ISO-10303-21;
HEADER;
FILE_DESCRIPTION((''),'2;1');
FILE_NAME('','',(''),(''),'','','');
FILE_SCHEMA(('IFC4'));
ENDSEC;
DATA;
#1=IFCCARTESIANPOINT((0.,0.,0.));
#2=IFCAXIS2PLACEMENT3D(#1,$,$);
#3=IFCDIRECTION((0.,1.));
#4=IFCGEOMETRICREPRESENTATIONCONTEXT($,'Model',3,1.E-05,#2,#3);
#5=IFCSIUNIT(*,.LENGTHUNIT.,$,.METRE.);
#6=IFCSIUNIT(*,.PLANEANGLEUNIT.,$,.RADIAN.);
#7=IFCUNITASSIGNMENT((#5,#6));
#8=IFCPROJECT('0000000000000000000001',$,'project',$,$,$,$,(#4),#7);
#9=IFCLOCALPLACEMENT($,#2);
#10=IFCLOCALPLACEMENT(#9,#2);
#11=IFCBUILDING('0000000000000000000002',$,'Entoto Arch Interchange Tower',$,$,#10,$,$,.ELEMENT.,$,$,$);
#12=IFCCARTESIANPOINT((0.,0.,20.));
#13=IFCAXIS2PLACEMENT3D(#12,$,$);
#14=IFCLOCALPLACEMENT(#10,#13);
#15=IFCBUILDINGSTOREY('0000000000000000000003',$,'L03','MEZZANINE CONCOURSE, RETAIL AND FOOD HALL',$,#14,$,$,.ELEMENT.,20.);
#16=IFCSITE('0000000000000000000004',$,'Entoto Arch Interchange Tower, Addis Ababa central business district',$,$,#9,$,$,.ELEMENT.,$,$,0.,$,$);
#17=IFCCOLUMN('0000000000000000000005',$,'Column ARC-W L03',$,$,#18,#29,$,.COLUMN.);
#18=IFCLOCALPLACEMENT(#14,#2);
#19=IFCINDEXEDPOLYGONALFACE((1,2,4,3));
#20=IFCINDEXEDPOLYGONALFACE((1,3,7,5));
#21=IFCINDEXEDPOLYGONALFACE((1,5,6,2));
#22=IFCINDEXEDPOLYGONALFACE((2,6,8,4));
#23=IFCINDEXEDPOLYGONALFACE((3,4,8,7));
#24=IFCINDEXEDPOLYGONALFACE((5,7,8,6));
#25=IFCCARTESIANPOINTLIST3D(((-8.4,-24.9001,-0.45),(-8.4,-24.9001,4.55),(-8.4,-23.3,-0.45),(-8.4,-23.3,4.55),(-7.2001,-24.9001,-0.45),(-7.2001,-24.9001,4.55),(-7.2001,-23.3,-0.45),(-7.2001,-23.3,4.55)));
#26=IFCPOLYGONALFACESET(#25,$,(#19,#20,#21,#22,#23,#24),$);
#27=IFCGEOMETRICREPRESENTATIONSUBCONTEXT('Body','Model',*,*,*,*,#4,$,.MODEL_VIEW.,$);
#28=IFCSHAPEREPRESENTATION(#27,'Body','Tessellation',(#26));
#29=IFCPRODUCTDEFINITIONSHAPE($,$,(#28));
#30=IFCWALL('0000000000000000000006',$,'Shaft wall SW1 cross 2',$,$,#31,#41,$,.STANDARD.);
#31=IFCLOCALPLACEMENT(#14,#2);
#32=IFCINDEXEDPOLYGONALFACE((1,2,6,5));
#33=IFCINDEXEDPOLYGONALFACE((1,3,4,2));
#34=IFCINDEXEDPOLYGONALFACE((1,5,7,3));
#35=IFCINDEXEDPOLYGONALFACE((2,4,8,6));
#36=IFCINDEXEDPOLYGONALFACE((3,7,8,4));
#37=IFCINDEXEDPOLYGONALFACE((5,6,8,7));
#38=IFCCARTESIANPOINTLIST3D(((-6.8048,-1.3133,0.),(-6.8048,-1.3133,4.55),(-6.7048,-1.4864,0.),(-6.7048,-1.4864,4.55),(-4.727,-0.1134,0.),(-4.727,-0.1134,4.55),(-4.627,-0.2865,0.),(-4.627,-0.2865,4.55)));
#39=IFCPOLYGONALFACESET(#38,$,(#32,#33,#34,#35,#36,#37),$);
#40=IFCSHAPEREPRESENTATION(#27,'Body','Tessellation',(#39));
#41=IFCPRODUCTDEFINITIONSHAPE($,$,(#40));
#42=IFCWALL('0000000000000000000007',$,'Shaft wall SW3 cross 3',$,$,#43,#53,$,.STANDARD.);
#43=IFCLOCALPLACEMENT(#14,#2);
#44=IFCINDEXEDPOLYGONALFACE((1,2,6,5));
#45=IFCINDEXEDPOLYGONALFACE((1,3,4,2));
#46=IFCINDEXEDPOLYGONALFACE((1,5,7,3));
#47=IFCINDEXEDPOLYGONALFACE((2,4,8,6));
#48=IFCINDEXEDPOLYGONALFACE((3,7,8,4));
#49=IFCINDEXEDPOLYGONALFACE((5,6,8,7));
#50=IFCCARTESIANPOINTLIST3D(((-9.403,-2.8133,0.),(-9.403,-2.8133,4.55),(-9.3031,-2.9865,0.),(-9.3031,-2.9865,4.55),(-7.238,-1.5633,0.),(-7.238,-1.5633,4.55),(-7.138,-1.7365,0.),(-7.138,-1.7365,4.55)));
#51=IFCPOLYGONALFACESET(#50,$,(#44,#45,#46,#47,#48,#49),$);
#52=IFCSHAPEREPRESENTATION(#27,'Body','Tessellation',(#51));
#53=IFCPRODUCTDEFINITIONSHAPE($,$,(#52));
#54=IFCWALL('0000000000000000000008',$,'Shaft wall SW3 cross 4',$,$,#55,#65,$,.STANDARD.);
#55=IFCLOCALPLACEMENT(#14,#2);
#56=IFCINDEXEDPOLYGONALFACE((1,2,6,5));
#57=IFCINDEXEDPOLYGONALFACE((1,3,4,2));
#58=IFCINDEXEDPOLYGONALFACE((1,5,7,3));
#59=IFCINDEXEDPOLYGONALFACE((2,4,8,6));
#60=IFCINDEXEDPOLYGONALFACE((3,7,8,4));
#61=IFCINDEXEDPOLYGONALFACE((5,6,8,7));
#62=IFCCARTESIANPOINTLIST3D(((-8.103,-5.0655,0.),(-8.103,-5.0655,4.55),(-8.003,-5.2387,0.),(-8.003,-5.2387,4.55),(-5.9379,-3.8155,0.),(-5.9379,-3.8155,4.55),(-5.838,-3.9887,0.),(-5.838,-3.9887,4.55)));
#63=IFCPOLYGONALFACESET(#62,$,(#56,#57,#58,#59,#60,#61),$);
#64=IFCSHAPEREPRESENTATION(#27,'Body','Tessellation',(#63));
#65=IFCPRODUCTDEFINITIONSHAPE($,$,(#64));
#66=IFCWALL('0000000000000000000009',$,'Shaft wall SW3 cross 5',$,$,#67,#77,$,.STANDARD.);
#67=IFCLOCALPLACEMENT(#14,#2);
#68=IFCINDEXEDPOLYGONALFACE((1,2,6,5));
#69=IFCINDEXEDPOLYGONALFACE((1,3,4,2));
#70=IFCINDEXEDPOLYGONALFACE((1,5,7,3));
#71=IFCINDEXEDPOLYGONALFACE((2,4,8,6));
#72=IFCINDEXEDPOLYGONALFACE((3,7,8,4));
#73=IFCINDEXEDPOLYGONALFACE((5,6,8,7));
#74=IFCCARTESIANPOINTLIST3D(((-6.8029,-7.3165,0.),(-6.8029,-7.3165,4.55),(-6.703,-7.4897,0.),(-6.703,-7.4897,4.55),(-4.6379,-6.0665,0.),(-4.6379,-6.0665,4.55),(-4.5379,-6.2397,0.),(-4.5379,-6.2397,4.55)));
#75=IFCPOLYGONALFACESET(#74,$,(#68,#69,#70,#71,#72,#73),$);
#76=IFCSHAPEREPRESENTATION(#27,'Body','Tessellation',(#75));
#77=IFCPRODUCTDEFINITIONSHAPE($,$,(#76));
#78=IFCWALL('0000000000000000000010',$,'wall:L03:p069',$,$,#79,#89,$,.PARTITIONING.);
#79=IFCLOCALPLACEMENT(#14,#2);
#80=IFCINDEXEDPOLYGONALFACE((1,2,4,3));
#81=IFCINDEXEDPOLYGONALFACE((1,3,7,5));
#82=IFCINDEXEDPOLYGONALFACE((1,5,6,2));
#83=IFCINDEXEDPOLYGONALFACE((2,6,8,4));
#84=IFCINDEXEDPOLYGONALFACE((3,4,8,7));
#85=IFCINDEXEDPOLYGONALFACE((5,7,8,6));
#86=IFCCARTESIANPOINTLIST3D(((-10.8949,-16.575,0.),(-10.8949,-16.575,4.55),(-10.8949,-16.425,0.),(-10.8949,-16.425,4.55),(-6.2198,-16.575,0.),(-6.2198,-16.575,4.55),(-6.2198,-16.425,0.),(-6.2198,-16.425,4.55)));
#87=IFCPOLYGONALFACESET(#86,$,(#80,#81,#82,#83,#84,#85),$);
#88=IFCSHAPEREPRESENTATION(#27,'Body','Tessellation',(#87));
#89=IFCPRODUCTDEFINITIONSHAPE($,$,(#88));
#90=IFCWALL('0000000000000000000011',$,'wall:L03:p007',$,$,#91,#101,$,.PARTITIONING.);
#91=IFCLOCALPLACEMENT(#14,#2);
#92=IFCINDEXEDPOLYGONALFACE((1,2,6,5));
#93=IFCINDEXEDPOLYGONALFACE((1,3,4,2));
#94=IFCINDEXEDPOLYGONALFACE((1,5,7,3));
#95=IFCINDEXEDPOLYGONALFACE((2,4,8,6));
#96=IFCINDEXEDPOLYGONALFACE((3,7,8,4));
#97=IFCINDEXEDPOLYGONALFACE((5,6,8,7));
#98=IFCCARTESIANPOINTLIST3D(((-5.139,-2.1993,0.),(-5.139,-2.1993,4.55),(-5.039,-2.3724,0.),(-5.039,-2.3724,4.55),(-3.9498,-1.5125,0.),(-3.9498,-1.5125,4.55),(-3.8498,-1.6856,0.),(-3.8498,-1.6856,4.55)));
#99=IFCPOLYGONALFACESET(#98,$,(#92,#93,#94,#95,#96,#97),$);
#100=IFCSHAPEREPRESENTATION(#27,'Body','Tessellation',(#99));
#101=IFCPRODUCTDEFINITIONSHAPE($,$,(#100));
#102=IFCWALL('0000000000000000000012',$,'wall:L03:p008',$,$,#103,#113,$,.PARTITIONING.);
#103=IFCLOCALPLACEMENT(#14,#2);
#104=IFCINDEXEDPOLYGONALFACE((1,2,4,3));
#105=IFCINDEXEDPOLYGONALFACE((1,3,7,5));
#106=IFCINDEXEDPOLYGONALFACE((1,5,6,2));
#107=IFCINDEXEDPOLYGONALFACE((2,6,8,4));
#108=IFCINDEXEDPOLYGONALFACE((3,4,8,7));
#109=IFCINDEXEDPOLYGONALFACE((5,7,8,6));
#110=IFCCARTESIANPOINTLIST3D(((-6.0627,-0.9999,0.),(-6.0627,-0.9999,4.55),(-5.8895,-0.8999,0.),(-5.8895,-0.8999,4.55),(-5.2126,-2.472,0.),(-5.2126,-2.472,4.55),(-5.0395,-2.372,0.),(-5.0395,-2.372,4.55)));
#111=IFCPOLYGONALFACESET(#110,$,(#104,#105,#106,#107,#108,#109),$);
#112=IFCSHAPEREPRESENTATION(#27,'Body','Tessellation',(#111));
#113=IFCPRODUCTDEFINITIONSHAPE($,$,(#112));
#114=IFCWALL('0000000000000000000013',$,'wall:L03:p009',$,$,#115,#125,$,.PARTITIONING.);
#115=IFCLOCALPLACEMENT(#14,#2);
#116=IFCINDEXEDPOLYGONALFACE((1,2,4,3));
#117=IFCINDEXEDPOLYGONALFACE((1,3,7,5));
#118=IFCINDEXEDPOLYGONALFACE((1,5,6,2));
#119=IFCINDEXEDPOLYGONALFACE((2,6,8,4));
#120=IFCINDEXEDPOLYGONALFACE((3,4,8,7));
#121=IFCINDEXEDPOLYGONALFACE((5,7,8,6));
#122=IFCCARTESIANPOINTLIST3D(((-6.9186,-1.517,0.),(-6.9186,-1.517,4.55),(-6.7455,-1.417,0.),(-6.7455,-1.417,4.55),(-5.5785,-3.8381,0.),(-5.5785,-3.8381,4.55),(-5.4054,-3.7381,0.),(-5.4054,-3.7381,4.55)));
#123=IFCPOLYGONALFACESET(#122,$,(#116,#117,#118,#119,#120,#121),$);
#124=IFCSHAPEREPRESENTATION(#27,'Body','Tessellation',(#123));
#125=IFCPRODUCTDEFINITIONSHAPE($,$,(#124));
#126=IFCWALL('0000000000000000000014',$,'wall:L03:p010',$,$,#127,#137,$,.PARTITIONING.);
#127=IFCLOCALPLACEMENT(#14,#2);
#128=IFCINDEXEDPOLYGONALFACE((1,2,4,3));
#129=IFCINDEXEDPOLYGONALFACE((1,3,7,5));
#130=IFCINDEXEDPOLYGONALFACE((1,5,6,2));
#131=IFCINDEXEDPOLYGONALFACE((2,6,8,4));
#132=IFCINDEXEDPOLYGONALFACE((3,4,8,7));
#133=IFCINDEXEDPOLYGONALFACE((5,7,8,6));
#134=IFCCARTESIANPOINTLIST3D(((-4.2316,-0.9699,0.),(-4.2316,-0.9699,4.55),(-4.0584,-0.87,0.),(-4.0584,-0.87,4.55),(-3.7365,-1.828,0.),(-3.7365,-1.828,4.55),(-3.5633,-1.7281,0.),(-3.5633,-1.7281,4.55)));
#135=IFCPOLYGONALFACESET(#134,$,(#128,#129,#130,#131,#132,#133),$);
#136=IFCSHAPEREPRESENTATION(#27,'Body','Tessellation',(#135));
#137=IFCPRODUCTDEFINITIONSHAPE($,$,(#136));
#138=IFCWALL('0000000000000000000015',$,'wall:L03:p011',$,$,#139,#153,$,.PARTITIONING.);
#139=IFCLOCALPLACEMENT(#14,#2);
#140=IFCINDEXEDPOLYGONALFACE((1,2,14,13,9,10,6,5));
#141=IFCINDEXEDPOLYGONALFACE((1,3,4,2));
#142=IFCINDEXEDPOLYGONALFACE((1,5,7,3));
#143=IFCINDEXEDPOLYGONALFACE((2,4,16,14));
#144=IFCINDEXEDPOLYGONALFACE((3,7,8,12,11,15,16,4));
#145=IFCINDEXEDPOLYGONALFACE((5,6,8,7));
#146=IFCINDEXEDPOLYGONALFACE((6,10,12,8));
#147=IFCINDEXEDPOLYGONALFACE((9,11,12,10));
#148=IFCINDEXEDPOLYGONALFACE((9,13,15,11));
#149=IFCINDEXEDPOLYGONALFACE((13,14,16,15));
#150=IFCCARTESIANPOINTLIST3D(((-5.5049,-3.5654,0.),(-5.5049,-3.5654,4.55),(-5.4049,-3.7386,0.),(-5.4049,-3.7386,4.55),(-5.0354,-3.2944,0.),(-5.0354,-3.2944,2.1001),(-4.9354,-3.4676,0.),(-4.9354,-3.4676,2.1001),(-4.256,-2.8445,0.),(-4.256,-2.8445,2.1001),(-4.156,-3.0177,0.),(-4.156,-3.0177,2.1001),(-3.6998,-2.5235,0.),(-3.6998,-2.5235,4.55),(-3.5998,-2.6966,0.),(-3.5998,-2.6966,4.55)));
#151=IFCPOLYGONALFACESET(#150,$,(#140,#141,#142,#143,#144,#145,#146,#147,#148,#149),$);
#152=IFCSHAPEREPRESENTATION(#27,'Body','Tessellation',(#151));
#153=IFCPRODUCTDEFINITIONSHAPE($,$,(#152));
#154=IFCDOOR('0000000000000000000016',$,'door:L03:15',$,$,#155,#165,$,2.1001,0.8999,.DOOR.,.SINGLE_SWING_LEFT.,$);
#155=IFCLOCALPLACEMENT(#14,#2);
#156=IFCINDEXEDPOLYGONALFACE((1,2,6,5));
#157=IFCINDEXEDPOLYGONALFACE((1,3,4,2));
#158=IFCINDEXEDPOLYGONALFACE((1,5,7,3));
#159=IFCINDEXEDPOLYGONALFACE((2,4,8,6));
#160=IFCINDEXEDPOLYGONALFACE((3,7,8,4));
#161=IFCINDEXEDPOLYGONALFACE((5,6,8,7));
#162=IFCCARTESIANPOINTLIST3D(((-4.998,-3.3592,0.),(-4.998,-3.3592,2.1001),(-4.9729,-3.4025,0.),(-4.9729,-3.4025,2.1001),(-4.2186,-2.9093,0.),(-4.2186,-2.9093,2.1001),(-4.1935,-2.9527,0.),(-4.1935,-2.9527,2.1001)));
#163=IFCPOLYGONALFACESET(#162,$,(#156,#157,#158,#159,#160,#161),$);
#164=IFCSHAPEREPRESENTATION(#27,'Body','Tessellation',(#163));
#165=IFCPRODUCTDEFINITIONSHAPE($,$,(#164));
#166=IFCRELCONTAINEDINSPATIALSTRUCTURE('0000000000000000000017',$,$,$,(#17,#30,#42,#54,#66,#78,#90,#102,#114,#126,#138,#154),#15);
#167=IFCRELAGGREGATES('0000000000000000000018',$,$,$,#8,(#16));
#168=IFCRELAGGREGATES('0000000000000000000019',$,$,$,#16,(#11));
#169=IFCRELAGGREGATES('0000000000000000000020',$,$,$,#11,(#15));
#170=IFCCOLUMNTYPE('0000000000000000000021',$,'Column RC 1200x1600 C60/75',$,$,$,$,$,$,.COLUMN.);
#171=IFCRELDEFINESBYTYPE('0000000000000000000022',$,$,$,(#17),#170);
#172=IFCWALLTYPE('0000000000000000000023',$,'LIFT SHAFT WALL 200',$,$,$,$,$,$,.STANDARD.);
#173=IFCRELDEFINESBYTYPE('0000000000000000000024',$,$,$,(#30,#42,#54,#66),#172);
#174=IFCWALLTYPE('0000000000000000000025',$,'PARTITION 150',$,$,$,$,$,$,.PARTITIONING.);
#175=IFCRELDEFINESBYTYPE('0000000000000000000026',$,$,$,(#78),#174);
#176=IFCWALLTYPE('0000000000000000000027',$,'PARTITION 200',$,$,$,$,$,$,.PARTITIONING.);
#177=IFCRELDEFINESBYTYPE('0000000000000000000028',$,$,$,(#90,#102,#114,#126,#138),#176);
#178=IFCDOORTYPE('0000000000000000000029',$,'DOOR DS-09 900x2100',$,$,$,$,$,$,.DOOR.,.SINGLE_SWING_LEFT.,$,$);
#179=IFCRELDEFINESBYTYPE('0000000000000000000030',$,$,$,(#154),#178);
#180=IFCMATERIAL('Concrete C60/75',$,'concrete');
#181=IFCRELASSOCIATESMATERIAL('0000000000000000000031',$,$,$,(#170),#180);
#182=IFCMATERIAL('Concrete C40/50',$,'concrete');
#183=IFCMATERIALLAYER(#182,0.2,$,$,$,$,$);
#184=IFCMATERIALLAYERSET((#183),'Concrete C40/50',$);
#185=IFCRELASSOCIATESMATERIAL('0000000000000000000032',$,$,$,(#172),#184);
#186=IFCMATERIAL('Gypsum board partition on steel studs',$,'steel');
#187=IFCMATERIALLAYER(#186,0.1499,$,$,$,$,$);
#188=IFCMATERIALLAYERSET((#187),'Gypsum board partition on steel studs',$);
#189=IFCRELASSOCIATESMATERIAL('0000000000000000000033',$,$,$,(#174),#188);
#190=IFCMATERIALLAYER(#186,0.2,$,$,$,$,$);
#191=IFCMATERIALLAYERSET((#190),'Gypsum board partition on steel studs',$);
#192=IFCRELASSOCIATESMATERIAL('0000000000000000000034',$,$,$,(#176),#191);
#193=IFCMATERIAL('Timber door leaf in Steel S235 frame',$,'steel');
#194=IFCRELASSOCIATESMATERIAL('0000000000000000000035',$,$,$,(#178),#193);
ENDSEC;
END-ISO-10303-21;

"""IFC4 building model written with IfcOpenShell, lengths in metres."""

from ifc_helpers import new_model, si_unit, direction, frame, frame_2d, origin, origin_2d, place, context, subcontext, project, spatial, rectangle, extrude, material, layer, layer_set, material_profile, profile_set, type_object, element, fill, save


model = new_model("IFC4")

# Units and contexts
model_context = context("Model", 3, precision=1e-05, world=origin(), true_north=direction((0.0, 1.0)))
body_context = subcontext(model_context, "Body", "Model", "MODEL_VIEW")
ifc_project = project(units=[si_unit("LENGTHUNIT", "METRE"), si_unit("PLANEANGLEUNIT", "RADIAN")], contexts=[model_context])

# Site, building, storey
site_placement = place(None, origin())
site = spatial("IfcSite", under=ifc_project, at=site_placement, Name="Entoto Arch Interchange Tower, Addis Ababa central business district", CompositionType="ELEMENT", RefElevation=0.0)
building_placement = place(site_placement, origin())
building = spatial("IfcBuilding", under=site, at=building_placement, Name="Entoto Arch Interchange Tower", CompositionType="ELEMENT")
storey_placement = place(building_placement, frame((0.0, 0.0, 20.0)))
storey = spatial("IfcBuildingStorey", under=building, at=storey_placement, Name="L03", Description="MEZZANINE CONCOURSE, RETAIL AND FOOD HALL", CompositionType="ELEMENT", Elevation=20.0)

# Column
ifc_material_1 = material(Name="Concrete C60/75", Category="concrete")
ifc_material_profile = material_profile(ifc_material_1, rectangle(XDim=1.2, YDim=1.6001, at=origin_2d()))
ifc_profile_set = profile_set([ifc_material_profile], Name="Concrete C60/75")
column_type = type_object("IfcColumnType", Name="Column RC 1200x1600 C60/75", PredefinedType="COLUMN", material=ifc_profile_set)
column_placement = place(storey_placement, frame((-7.8, -24.1001, -0.45), z_axis=(0.0, 0.0, 1.0), x_axis=(1.0, 0.0, 0.0)))
element("IfcColumn", 1, at=column_placement, inside=storey, type_object=column_type, Name="Column ARC-W L03", PredefinedType="COLUMN", context=body_context, shape_type="SweptSolid", body=[
    extrude(rectangle(XDim=1.2, YDim=1.6001, at=origin_2d()), origin(), (0.0, 0.0, 1.0), 5.0),
])

# Walls
ifc_material_2 = material(Name="Concrete C40/50", Category="concrete")
ifc_layer_1 = layer(ifc_material_2, 0.2)
ifc_layer_set_1 = layer_set([ifc_layer_1], Name="Concrete C40/50")
wall_type_1 = type_object("IfcWallType", Name="LIFT SHAFT WALL 200", PredefinedType="STANDARD", material=ifc_layer_set_1)
wall_1_placement = place(storey_placement, frame((-4.677, -0.2, 0.0), z_axis=(0.0, 0.0, 1.0), x_axis=(-0.865974, -0.500089, 0.0)))
element("IfcWall", 2, at=wall_1_placement, inside=storey, type_object=wall_type_1, Name="Shaft wall SW1 cross 2", PredefinedType="STANDARD", context=body_context, shape_type="SweptSolid", body=[
    extrude(rectangle(XDim=2.3994, YDim=0.2, at=frame_2d((1.1997, 0.0))), origin(), (0.0, 0.0, 1.0), 4.55),
])
for number, where, z_axis, x_axis, name in (
    (3, (-7.188, -1.6499, 0.0), (0.0, 0.0, 1.0), (-0.866023, -0.500004, 0.0), "Shaft wall SW3 cross 3"),
    (4, (-5.8879, -3.9021, 0.0), (0.0, 0.0, 1.0), (-0.866023, -0.500004, 0.0), "Shaft wall SW3 cross 4"),
    (5, (-4.5879, -6.1531, 0.0), (0.0, 0.0, 1.0), (-0.866023, -0.500004, 0.0), "Shaft wall SW3 cross 5"),
):
    element("IfcWall", number, at=place(storey_placement, frame(where, z_axis=z_axis, x_axis=x_axis)), inside=storey, type_object=wall_type_1, Name=name, PredefinedType="STANDARD", context=body_context, shape_type="SweptSolid", body=[
        extrude(rectangle(XDim=2.5, YDim=0.2, at=frame_2d((1.25, 0.0))), origin(), (0.0, 0.0, 1.0), 4.55),
    ])
ifc_material_3 = material(Name="Gypsum board partition on steel studs", Category="steel")
ifc_layer_2 = layer(ifc_material_3, 0.1499)
ifc_layer_set_2 = layer_set([ifc_layer_2], Name="Gypsum board partition on steel studs")
wall_type_2 = type_object("IfcWallType", Name="PARTITION 150", PredefinedType="PARTITIONING", material=ifc_layer_set_2)
wall_2_placement = place(storey_placement, frame((-6.22, -16.5, 0.0), z_axis=(0.0, 0.0, 1.0), x_axis=(-1.0, 0.0, 0.0)))
element("IfcWall", 6, at=wall_2_placement, inside=storey, type_object=wall_type_2, Name="wall:L03:p069", PredefinedType="PARTITIONING", context=body_context, shape_type="SweptSolid", body=[
    extrude(rectangle(XDim=4.675, YDim=0.1499, at=frame_2d((2.3374, 0.0))), origin(), (0.0, 0.0, 1.0), 4.55),
])
ifc_layer_3 = layer(ifc_material_3, 0.2)
ifc_layer_set_3 = layer_set([ifc_layer_3], Name="Gypsum board partition on steel studs")
wall_type_3 = type_object("IfcWallType", Name="PARTITION 200", PredefinedType="PARTITIONING", material=ifc_layer_set_3)
wall_3_placement = place(storey_placement, frame((-3.8999, -1.5991, 0.0), z_axis=(0.0, 0.0, 1.0), x_axis=(-0.865969, -0.500097, 0.0)))
element("IfcWall", 7, at=wall_3_placement, inside=storey, type_object=wall_type_3, Name="wall:L03:p007", PredefinedType="PARTITIONING", context=body_context, shape_type="SweptSolid", body=[
    extrude(rectangle(XDim=1.3733, YDim=0.2, at=frame_2d((0.6865, 0.0))), origin(), (0.0, 0.0, 1.0), 4.55),
])
wall_4_placement = place(storey_placement, frame((-5.126, -2.4221, 0.0), z_axis=(0.0, 0.0, 1.0), x_axis=(-0.500062, 0.865989, 0.0)))
element("IfcWall", 8, at=wall_4_placement, inside=storey, type_object=wall_type_3, Name="wall:L03:p008", PredefinedType="PARTITIONING", context=body_context, shape_type="SweptSolid", body=[
    extrude(rectangle(XDim=1.7, YDim=0.2, at=frame_2d((0.8501, 0.0))), origin(), (0.0, 0.0, 1.0), 4.55),
])
wall_5_placement = place(storey_placement, frame((-5.4919, -3.7881, 0.0), z_axis=(0.0, 0.0, 1.0), x_axis=(-0.500009, 0.86602, 0.0)))
element("IfcWall", 9, at=wall_5_placement, inside=storey, type_object=wall_type_3, Name="wall:L03:p009", PredefinedType="PARTITIONING", context=body_context, shape_type="SweptSolid", body=[
    extrude(rectangle(XDim=2.6802, YDim=0.2, at=frame_2d((1.3401, 0.0))), origin(), (0.0, 0.0, 1.0), 4.55),
])
wall_6_placement = place(storey_placement, frame((-4.145, -0.9199, 0.0), z_axis=(0.0, 0.0, 1.0), x_axis=(0.499744, -0.866173, 0.0)))
element("IfcWall", 10, at=wall_6_placement, inside=storey, type_object=wall_type_3, Name="wall:L03:p010", PredefinedType="PARTITIONING", context=body_context, shape_type="SweptSolid", body=[
    extrude(rectangle(XDim=0.9907, YDim=0.2, at=frame_2d((0.4954, 0.0))), origin(), (0.0, 0.0, 1.0), 4.55),
])

# Wall, opening, door
wall_7_placement = place(storey_placement, frame((-3.6499, -2.6101, 0.0), z_axis=(0.0, 0.0, 1.0), x_axis=(-0.866072, -0.499918, 0.0)))
wall_7 = element("IfcWall", 11, at=wall_7_placement, inside=storey, type_object=wall_type_3, Name="wall:L03:p011", PredefinedType="PARTITIONING", context=body_context, shape_type="SweptSolid", body=[
    extrude(rectangle(XDim=2.0842, YDim=0.2, at=frame_2d((1.042, 0.0))), origin(), (0.0, 0.0, 1.0), 4.55),
])
opening_1_placement = place(wall_7_placement, frame((0.6421, 0.0, 0.0)))
opening_1 = element("IfcOpeningElement", 12, at=opening_1_placement, cuts=wall_7, PredefinedType="OPENING", context=body_context, shape_type="SweptSolid", body=[
    extrude(rectangle(XDim=0.8999, YDim=2.1001, at=frame_2d((0.45, 1.05))), frame((0.0, 0.1099, 0.0), z_axis=(0.0, -1.0, 0.0), x_axis=(1.0, 0.0, 0.0)), (0.0, 0.0, 1.0), 0.22),
])
ifc_material_4 = material(Name="Timber door leaf in Steel S235 frame", Category="steel")
door_type_1 = type_object("IfcDoorType", Name="DOOR DS-09 900x2100", OperationType="SINGLE_SWING_LEFT", PredefinedType="DOOR", material=ifc_material_4)
door_1_placement = place(opening_1_placement, origin())
door_1 = element("IfcDoor", 13, at=door_1_placement, inside=storey, type_object=door_type_1, Name="door:L03:15", OperationType="SINGLE_SWING_LEFT", OverallHeight=2.1001, OverallWidth=0.8999, PredefinedType="DOOR", context=body_context, shape_type="SweptSolid", body=[
    extrude(rectangle(XDim=0.8999, YDim=2.1001, at=frame_2d((0.45, 1.05))), frame((0.0, 0.0249, 0.0), z_axis=(0.0, -1.0, 0.0), x_axis=(1.0, 0.0, 0.0)), (0.0, 0.0, 1.0), 0.05),
])
fill(opening_1, door_1)

save(model, "model.ifc")
